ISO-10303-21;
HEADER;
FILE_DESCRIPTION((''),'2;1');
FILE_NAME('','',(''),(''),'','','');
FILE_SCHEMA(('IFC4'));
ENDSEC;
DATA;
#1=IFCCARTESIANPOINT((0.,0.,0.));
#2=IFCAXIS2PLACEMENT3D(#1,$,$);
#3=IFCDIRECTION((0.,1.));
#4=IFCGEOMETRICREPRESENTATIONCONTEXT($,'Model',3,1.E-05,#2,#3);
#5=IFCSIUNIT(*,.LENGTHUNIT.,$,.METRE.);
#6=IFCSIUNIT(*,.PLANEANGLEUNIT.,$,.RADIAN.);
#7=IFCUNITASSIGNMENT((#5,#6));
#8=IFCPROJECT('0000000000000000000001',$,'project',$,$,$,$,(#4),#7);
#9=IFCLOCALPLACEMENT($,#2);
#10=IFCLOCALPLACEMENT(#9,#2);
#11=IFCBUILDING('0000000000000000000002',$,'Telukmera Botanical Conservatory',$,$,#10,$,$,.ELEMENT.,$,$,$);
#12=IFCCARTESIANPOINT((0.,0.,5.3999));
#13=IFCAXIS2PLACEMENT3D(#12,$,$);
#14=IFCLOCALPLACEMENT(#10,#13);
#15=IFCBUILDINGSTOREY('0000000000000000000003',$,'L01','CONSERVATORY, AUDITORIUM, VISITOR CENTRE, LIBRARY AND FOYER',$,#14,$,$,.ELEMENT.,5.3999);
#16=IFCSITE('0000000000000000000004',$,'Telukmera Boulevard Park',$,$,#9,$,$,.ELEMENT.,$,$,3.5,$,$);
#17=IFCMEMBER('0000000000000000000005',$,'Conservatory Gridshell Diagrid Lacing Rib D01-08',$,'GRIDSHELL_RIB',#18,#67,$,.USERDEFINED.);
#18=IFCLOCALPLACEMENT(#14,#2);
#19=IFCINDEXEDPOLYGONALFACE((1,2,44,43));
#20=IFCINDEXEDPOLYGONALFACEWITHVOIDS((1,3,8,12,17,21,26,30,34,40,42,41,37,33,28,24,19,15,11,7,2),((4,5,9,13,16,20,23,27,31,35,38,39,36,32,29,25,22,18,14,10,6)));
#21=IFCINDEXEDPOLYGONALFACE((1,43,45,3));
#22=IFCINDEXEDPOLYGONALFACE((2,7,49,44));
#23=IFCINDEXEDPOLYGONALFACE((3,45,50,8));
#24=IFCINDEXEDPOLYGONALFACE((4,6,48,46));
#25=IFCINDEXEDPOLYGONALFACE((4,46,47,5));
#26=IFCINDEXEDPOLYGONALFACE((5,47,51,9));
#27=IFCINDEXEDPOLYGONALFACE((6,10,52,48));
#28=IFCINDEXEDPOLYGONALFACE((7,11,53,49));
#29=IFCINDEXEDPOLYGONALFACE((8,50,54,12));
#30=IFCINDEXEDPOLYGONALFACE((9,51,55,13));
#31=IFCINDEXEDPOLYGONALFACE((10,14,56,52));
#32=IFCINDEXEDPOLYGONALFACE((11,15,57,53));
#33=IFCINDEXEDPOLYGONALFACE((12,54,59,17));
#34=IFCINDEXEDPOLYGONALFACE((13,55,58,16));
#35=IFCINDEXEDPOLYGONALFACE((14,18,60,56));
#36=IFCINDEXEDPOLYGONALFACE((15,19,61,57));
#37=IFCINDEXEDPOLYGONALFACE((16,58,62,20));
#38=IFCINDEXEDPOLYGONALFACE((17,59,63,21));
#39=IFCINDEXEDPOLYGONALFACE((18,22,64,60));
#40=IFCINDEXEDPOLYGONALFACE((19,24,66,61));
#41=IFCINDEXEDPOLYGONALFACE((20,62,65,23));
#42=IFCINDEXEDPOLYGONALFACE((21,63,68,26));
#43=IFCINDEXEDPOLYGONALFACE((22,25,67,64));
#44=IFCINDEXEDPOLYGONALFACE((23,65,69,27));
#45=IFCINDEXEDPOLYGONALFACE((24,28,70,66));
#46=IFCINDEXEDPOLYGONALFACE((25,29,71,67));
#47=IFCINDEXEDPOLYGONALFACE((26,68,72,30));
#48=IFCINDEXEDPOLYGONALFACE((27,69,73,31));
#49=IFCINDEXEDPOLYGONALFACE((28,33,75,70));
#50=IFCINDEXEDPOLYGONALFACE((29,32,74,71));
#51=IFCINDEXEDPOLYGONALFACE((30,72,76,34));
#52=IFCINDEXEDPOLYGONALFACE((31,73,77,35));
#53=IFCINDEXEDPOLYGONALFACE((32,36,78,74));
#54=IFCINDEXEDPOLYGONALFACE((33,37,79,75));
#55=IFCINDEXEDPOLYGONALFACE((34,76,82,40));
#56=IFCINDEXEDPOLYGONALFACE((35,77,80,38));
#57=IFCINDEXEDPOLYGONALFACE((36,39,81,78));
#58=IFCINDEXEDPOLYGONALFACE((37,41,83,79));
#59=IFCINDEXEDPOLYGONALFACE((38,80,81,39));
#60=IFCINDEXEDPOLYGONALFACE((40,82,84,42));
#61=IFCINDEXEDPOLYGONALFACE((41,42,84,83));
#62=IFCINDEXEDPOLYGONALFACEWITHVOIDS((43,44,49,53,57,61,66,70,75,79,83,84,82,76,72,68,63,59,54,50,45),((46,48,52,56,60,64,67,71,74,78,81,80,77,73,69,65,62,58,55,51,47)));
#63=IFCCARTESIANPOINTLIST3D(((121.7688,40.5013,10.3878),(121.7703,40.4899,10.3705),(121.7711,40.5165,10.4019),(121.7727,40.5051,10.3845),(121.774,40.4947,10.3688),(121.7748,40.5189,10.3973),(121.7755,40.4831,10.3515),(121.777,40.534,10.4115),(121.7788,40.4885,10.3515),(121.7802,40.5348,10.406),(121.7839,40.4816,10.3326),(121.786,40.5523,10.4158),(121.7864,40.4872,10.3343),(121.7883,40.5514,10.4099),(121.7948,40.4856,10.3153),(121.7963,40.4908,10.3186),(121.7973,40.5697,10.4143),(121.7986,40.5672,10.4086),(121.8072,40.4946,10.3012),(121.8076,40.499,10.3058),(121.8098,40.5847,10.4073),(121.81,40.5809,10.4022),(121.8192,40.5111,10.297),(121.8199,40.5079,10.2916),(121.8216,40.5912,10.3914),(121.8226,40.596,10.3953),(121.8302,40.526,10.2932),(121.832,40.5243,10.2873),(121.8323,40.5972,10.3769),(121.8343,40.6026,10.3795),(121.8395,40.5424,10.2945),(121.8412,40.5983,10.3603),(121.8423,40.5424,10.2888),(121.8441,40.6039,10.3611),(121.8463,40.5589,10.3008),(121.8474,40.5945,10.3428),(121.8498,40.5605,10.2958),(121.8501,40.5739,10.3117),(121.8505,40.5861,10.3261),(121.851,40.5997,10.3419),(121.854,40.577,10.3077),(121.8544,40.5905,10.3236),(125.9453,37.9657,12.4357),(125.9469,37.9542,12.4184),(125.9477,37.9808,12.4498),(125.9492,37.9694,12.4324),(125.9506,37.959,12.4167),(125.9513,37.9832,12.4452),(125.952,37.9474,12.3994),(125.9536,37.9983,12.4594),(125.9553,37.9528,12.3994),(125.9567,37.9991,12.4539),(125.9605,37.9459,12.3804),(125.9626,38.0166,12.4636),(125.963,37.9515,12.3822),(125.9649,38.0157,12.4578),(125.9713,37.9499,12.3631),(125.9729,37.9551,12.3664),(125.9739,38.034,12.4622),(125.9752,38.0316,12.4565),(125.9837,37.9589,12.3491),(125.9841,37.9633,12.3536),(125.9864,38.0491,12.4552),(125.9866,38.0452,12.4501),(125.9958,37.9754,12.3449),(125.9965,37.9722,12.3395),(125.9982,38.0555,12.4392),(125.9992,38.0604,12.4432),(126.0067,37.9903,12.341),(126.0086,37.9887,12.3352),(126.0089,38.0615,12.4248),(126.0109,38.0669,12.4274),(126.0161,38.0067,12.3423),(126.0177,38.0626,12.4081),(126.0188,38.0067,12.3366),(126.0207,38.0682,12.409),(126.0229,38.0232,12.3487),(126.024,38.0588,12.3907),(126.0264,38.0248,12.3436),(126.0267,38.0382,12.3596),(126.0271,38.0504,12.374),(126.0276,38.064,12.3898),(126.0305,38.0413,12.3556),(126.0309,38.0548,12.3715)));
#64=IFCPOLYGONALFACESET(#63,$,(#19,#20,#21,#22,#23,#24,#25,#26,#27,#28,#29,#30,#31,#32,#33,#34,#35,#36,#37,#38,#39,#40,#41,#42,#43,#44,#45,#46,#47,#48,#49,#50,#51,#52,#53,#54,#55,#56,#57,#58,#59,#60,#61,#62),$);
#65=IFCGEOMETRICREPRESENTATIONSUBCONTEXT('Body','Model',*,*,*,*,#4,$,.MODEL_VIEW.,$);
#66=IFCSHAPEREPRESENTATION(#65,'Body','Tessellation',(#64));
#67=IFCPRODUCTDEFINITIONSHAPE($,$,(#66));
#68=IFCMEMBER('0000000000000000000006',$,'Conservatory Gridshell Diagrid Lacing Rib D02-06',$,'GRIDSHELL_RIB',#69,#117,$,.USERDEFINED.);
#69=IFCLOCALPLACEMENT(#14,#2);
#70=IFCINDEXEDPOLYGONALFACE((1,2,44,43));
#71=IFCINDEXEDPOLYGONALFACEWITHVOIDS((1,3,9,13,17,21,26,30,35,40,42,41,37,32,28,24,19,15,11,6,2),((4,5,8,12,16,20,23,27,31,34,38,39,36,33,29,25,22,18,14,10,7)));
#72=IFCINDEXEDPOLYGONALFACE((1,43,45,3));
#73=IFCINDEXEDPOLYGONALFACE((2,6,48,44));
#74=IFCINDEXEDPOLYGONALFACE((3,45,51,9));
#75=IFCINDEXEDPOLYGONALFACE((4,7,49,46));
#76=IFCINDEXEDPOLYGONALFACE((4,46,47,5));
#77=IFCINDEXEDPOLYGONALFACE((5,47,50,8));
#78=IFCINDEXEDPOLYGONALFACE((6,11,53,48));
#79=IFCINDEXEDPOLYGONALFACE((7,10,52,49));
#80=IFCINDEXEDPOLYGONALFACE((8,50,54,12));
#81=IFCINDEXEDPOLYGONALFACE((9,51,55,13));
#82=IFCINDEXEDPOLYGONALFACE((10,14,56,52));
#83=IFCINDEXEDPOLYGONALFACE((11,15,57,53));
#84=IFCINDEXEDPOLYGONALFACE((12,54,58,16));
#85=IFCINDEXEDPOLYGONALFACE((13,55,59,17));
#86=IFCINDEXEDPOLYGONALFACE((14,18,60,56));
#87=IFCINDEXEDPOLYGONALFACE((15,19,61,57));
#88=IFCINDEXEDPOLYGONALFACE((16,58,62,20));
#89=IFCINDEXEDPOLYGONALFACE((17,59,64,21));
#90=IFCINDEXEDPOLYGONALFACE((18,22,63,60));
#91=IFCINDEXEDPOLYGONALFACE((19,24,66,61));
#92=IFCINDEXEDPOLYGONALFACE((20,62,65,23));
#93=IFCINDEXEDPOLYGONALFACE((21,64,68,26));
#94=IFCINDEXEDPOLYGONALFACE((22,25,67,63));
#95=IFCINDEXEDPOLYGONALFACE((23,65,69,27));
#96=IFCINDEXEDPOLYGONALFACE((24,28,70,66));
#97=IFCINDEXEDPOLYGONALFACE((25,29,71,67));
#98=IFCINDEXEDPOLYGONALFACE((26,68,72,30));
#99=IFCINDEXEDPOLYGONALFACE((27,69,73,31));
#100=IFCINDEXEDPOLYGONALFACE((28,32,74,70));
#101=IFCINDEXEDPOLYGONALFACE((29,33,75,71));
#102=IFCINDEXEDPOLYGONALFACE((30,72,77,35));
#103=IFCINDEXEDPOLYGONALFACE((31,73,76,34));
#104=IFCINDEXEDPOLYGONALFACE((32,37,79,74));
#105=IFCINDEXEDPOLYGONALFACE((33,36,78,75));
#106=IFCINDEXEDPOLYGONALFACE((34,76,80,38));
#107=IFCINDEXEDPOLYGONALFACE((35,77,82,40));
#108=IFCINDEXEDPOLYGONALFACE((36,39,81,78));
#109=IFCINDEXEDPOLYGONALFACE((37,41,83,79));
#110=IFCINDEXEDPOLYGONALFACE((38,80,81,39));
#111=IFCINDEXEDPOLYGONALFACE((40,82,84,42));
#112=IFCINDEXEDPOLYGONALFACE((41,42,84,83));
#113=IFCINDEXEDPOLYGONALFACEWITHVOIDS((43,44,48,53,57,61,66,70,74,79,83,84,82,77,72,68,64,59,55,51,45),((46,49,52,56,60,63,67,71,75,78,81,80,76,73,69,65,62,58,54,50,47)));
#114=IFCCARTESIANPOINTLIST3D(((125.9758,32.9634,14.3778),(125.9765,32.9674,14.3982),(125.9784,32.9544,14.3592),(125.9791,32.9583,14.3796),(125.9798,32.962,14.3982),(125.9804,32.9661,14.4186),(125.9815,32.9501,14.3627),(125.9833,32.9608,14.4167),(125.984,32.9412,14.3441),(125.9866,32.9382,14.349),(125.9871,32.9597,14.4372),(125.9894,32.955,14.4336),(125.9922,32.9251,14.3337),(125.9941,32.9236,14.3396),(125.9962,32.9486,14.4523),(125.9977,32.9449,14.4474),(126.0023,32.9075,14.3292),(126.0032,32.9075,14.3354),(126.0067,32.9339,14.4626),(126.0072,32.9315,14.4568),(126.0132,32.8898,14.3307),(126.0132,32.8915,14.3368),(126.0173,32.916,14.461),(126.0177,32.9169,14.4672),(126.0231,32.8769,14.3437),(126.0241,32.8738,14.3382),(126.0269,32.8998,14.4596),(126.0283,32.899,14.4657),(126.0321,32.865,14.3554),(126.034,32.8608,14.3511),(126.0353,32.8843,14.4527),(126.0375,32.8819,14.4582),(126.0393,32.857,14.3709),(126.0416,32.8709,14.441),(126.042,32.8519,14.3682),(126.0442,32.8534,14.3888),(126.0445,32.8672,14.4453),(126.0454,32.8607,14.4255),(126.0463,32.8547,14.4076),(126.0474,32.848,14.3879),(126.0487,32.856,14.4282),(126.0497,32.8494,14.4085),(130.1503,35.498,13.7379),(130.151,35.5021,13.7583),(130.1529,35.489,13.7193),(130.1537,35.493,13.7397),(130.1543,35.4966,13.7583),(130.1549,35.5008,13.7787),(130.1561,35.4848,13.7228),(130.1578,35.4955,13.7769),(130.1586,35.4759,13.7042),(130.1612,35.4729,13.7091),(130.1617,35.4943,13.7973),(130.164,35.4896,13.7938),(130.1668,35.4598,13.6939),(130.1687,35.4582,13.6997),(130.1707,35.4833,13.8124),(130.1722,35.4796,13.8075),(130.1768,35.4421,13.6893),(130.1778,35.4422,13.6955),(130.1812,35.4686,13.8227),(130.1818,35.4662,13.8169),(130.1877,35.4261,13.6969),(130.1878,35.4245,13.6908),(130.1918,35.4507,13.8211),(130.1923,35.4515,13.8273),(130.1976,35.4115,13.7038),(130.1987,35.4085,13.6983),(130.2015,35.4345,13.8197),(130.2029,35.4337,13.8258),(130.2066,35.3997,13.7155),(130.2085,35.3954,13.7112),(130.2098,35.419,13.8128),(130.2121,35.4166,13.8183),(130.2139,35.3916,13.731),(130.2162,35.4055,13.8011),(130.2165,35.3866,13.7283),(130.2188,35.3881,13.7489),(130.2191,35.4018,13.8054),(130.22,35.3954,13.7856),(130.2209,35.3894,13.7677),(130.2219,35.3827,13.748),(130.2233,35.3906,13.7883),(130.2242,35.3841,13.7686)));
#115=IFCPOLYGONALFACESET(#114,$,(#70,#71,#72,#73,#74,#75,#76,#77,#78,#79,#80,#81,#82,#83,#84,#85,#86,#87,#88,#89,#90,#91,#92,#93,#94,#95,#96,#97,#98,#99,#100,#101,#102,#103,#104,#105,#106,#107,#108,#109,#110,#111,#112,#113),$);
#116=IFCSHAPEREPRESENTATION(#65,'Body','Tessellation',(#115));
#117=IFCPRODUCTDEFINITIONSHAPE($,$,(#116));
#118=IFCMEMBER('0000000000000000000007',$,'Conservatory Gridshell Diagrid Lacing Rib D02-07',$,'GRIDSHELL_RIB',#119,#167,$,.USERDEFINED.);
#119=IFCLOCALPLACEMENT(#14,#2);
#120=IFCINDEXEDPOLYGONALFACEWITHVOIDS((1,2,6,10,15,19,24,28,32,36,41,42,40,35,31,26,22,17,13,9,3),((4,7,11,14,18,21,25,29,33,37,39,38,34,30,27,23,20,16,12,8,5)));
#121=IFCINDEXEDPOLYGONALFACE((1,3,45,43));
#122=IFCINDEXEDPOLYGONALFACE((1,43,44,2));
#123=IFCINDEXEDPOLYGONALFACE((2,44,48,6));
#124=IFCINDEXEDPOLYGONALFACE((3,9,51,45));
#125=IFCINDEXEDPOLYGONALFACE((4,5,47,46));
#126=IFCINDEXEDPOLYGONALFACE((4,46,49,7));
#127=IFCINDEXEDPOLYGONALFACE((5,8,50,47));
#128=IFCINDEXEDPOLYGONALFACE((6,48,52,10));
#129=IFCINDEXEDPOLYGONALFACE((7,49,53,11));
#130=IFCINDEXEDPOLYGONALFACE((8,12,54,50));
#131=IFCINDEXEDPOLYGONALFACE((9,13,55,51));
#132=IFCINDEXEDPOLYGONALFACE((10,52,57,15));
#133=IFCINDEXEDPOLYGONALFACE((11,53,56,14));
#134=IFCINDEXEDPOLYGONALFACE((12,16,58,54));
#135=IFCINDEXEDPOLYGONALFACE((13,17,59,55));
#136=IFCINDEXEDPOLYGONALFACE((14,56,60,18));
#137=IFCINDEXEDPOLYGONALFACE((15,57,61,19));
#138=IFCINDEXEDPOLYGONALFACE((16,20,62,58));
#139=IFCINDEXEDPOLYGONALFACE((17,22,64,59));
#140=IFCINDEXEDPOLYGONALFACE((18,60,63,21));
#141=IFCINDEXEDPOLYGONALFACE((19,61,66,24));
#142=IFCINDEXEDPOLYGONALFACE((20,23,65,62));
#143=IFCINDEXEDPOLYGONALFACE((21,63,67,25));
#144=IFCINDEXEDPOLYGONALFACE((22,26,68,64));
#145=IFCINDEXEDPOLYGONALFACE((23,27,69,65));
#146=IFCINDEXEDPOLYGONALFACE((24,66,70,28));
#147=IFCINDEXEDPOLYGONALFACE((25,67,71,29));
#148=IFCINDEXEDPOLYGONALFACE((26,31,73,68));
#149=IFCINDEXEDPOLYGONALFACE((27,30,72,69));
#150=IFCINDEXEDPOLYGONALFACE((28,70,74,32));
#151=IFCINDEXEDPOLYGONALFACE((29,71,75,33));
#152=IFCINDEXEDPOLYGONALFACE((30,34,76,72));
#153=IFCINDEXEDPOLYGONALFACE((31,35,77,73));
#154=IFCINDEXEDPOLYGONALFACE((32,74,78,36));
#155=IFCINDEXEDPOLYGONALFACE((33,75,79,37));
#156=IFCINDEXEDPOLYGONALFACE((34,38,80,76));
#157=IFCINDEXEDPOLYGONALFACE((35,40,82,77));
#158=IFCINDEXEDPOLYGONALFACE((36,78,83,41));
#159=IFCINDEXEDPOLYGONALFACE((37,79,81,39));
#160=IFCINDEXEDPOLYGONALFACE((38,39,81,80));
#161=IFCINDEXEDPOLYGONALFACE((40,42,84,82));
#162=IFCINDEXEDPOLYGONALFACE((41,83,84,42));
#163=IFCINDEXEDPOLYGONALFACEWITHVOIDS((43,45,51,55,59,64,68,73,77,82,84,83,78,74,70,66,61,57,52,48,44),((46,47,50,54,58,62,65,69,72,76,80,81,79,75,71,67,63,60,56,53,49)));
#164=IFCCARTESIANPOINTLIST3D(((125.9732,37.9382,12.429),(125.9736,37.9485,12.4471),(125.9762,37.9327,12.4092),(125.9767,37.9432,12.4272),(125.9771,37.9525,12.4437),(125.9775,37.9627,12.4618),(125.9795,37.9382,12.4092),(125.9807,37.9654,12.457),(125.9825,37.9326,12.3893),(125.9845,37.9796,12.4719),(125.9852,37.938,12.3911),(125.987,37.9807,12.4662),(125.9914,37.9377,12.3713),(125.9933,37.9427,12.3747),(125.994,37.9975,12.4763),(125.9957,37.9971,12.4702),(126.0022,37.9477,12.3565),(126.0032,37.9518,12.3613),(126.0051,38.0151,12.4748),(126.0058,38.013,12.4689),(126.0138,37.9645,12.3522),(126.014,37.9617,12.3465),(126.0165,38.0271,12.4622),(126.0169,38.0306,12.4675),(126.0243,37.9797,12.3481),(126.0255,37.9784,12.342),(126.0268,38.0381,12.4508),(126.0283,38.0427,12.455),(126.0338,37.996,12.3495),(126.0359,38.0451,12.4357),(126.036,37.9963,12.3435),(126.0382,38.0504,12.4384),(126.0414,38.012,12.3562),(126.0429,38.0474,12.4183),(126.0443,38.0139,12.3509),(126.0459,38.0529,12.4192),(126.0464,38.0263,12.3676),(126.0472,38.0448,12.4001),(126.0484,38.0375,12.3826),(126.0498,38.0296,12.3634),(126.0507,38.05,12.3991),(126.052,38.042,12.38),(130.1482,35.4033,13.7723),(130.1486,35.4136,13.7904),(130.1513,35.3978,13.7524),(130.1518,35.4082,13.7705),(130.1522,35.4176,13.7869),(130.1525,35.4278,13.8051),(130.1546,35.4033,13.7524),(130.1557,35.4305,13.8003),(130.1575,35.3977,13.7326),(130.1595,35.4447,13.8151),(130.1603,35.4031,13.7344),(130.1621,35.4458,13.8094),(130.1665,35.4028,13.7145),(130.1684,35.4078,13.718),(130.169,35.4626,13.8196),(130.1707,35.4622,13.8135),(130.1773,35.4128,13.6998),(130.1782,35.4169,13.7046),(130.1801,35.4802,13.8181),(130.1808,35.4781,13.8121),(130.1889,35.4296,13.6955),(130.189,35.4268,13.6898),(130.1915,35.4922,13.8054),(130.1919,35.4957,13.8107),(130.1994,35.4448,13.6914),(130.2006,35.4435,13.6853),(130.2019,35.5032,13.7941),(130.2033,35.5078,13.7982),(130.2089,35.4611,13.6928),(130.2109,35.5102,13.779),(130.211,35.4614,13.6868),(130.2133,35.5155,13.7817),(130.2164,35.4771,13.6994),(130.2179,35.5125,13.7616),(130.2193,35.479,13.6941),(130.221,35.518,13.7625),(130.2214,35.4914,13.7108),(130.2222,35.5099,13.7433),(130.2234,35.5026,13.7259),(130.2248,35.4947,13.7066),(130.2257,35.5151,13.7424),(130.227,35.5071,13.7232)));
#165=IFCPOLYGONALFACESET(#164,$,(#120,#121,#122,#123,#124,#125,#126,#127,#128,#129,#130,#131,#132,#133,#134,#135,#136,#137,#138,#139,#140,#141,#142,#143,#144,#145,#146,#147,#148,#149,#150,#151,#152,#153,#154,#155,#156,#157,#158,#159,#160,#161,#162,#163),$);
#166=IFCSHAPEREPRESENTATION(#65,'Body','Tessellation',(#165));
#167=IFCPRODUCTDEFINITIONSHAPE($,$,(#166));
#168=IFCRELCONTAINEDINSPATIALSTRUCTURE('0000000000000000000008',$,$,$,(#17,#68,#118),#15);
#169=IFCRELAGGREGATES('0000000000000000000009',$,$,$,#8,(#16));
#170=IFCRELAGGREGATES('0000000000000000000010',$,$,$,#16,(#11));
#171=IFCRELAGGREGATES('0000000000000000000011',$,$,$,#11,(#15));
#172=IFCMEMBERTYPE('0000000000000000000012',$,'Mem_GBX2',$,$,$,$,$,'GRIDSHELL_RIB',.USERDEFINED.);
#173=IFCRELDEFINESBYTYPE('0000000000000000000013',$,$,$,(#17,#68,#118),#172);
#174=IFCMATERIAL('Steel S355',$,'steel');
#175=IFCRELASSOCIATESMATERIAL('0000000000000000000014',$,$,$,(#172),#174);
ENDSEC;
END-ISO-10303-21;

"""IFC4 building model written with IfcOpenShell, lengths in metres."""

from ifc_helpers import new_model, si_unit, direction, frame, origin, origin_2d, place, context, subcontext, project, spatial, hollow_circle, extrude, material, material_profile, profile_set, type_object, element, save


model = new_model("IFC4")

# Units and contexts
model_context = context("Model", 3, precision=1e-05, world=origin(), true_north=direction((0.0, 1.0)))
body_context = subcontext(model_context, "Body", "Model", "MODEL_VIEW")
ifc_project = project(units=[si_unit("LENGTHUNIT", "METRE"), si_unit("PLANEANGLEUNIT", "RADIAN")], contexts=[model_context])

# Site, building, storey
site_placement = place(None, origin())
site = spatial("IfcSite", under=ifc_project, at=site_placement, Name="Telukmera Boulevard Park", CompositionType="ELEMENT", RefElevation=3.5)
building_placement = place(site_placement, origin())
building = spatial("IfcBuilding", under=site, at=building_placement, Name="Telukmera Botanical Conservatory", CompositionType="ELEMENT")
storey_placement = place(building_placement, frame((0.0, 0.0, 5.3999)))
storey = spatial("IfcBuildingStorey", under=building, at=storey_placement, Name="L01", Description="CONSERVATORY, AUDITORIUM, VISITOR CENTRE, LIBRARY AND FOYER", CompositionType="ELEMENT", Elevation=5.3999)

# Shared definitions
ifc_material_1 = material(Name="Steel S355", Category="steel")

# Members
ifc_material_profile_1 = material_profile(ifc_material_1, hollow_circle(Radius=0.0698, WallThickness=0.0063, at=origin_2d()), Name="CHS 139.7x6.3")
ifc_profile_set_1 = profile_set([ifc_material_profile_1], Name="Steel S355")
member_type_1 = type_object("IfcMemberType", Name="Mem_GBX2", ElementType="GRIDSHELL_RIB", PredefinedType="USERDEFINED", material=ifc_profile_set_1)
member_1_placement = place(storey_placement, frame((125.9883, 38.0071, 12.3994), z_axis=(-0.788352, 0.478624, -0.386549), x_axis=(-0.518964, -0.854796, 0.0)))
element("IfcMember", 1, at=member_1_placement, inside=storey, type_object=member_type_1, Name="Conservatory Gridshell Diagrid Lacing Rib D01-08", ObjectType="GRIDSHELL_RIB", PredefinedType="USERDEFINED", context=body_context, shape_type="SweptSolid", body=[
    extrude(hollow_circle(Radius=0.0698, WallThickness=0.0063, at=origin_2d()), origin(), (0.0, 0.0, 1.0), 5.2979),
])
member_2_placement = place(storey_placement, frame((126.0127, 32.9077, 14.3982), z_axis=(0.847533, 0.514597, -0.129913), x_axis=(-0.518995, 0.854777, 0.0)))
element("IfcMember", 2, at=member_2_placement, inside=storey, type_object=member_type_1, Name="Conservatory Gridshell Diagrid Lacing Rib D02-06", ObjectType="GRIDSHELL_RIB", PredefinedType="USERDEFINED", context=body_context, shape_type="SweptSolid", body=[
    extrude(hollow_circle(Radius=0.0698, WallThickness=0.0063, at=origin_2d()), origin(), (0.0, 0.0, 1.0), 4.9255),
])
member_3_placement = place(storey_placement, frame((130.1875, 35.4575, 13.7524), z_axis=(-0.824182, 0.500409, -0.265169), x_axis=(-0.518987, -0.854782, 0.0)))
element("IfcMember", 3, at=member_3_placement, inside=storey, type_object=member_type_1, Name="Conservatory Gridshell Diagrid Lacing Rib D02-07", ObjectType="GRIDSHELL_RIB", PredefinedType="USERDEFINED", context=body_context, shape_type="SweptSolid", body=[
    extrude(hollow_circle(Radius=0.0698, WallThickness=0.0063, at=origin_2d()), origin(), (0.0, 0.0, 1.0), 5.0657),
])

save(model, "model.ifc")
